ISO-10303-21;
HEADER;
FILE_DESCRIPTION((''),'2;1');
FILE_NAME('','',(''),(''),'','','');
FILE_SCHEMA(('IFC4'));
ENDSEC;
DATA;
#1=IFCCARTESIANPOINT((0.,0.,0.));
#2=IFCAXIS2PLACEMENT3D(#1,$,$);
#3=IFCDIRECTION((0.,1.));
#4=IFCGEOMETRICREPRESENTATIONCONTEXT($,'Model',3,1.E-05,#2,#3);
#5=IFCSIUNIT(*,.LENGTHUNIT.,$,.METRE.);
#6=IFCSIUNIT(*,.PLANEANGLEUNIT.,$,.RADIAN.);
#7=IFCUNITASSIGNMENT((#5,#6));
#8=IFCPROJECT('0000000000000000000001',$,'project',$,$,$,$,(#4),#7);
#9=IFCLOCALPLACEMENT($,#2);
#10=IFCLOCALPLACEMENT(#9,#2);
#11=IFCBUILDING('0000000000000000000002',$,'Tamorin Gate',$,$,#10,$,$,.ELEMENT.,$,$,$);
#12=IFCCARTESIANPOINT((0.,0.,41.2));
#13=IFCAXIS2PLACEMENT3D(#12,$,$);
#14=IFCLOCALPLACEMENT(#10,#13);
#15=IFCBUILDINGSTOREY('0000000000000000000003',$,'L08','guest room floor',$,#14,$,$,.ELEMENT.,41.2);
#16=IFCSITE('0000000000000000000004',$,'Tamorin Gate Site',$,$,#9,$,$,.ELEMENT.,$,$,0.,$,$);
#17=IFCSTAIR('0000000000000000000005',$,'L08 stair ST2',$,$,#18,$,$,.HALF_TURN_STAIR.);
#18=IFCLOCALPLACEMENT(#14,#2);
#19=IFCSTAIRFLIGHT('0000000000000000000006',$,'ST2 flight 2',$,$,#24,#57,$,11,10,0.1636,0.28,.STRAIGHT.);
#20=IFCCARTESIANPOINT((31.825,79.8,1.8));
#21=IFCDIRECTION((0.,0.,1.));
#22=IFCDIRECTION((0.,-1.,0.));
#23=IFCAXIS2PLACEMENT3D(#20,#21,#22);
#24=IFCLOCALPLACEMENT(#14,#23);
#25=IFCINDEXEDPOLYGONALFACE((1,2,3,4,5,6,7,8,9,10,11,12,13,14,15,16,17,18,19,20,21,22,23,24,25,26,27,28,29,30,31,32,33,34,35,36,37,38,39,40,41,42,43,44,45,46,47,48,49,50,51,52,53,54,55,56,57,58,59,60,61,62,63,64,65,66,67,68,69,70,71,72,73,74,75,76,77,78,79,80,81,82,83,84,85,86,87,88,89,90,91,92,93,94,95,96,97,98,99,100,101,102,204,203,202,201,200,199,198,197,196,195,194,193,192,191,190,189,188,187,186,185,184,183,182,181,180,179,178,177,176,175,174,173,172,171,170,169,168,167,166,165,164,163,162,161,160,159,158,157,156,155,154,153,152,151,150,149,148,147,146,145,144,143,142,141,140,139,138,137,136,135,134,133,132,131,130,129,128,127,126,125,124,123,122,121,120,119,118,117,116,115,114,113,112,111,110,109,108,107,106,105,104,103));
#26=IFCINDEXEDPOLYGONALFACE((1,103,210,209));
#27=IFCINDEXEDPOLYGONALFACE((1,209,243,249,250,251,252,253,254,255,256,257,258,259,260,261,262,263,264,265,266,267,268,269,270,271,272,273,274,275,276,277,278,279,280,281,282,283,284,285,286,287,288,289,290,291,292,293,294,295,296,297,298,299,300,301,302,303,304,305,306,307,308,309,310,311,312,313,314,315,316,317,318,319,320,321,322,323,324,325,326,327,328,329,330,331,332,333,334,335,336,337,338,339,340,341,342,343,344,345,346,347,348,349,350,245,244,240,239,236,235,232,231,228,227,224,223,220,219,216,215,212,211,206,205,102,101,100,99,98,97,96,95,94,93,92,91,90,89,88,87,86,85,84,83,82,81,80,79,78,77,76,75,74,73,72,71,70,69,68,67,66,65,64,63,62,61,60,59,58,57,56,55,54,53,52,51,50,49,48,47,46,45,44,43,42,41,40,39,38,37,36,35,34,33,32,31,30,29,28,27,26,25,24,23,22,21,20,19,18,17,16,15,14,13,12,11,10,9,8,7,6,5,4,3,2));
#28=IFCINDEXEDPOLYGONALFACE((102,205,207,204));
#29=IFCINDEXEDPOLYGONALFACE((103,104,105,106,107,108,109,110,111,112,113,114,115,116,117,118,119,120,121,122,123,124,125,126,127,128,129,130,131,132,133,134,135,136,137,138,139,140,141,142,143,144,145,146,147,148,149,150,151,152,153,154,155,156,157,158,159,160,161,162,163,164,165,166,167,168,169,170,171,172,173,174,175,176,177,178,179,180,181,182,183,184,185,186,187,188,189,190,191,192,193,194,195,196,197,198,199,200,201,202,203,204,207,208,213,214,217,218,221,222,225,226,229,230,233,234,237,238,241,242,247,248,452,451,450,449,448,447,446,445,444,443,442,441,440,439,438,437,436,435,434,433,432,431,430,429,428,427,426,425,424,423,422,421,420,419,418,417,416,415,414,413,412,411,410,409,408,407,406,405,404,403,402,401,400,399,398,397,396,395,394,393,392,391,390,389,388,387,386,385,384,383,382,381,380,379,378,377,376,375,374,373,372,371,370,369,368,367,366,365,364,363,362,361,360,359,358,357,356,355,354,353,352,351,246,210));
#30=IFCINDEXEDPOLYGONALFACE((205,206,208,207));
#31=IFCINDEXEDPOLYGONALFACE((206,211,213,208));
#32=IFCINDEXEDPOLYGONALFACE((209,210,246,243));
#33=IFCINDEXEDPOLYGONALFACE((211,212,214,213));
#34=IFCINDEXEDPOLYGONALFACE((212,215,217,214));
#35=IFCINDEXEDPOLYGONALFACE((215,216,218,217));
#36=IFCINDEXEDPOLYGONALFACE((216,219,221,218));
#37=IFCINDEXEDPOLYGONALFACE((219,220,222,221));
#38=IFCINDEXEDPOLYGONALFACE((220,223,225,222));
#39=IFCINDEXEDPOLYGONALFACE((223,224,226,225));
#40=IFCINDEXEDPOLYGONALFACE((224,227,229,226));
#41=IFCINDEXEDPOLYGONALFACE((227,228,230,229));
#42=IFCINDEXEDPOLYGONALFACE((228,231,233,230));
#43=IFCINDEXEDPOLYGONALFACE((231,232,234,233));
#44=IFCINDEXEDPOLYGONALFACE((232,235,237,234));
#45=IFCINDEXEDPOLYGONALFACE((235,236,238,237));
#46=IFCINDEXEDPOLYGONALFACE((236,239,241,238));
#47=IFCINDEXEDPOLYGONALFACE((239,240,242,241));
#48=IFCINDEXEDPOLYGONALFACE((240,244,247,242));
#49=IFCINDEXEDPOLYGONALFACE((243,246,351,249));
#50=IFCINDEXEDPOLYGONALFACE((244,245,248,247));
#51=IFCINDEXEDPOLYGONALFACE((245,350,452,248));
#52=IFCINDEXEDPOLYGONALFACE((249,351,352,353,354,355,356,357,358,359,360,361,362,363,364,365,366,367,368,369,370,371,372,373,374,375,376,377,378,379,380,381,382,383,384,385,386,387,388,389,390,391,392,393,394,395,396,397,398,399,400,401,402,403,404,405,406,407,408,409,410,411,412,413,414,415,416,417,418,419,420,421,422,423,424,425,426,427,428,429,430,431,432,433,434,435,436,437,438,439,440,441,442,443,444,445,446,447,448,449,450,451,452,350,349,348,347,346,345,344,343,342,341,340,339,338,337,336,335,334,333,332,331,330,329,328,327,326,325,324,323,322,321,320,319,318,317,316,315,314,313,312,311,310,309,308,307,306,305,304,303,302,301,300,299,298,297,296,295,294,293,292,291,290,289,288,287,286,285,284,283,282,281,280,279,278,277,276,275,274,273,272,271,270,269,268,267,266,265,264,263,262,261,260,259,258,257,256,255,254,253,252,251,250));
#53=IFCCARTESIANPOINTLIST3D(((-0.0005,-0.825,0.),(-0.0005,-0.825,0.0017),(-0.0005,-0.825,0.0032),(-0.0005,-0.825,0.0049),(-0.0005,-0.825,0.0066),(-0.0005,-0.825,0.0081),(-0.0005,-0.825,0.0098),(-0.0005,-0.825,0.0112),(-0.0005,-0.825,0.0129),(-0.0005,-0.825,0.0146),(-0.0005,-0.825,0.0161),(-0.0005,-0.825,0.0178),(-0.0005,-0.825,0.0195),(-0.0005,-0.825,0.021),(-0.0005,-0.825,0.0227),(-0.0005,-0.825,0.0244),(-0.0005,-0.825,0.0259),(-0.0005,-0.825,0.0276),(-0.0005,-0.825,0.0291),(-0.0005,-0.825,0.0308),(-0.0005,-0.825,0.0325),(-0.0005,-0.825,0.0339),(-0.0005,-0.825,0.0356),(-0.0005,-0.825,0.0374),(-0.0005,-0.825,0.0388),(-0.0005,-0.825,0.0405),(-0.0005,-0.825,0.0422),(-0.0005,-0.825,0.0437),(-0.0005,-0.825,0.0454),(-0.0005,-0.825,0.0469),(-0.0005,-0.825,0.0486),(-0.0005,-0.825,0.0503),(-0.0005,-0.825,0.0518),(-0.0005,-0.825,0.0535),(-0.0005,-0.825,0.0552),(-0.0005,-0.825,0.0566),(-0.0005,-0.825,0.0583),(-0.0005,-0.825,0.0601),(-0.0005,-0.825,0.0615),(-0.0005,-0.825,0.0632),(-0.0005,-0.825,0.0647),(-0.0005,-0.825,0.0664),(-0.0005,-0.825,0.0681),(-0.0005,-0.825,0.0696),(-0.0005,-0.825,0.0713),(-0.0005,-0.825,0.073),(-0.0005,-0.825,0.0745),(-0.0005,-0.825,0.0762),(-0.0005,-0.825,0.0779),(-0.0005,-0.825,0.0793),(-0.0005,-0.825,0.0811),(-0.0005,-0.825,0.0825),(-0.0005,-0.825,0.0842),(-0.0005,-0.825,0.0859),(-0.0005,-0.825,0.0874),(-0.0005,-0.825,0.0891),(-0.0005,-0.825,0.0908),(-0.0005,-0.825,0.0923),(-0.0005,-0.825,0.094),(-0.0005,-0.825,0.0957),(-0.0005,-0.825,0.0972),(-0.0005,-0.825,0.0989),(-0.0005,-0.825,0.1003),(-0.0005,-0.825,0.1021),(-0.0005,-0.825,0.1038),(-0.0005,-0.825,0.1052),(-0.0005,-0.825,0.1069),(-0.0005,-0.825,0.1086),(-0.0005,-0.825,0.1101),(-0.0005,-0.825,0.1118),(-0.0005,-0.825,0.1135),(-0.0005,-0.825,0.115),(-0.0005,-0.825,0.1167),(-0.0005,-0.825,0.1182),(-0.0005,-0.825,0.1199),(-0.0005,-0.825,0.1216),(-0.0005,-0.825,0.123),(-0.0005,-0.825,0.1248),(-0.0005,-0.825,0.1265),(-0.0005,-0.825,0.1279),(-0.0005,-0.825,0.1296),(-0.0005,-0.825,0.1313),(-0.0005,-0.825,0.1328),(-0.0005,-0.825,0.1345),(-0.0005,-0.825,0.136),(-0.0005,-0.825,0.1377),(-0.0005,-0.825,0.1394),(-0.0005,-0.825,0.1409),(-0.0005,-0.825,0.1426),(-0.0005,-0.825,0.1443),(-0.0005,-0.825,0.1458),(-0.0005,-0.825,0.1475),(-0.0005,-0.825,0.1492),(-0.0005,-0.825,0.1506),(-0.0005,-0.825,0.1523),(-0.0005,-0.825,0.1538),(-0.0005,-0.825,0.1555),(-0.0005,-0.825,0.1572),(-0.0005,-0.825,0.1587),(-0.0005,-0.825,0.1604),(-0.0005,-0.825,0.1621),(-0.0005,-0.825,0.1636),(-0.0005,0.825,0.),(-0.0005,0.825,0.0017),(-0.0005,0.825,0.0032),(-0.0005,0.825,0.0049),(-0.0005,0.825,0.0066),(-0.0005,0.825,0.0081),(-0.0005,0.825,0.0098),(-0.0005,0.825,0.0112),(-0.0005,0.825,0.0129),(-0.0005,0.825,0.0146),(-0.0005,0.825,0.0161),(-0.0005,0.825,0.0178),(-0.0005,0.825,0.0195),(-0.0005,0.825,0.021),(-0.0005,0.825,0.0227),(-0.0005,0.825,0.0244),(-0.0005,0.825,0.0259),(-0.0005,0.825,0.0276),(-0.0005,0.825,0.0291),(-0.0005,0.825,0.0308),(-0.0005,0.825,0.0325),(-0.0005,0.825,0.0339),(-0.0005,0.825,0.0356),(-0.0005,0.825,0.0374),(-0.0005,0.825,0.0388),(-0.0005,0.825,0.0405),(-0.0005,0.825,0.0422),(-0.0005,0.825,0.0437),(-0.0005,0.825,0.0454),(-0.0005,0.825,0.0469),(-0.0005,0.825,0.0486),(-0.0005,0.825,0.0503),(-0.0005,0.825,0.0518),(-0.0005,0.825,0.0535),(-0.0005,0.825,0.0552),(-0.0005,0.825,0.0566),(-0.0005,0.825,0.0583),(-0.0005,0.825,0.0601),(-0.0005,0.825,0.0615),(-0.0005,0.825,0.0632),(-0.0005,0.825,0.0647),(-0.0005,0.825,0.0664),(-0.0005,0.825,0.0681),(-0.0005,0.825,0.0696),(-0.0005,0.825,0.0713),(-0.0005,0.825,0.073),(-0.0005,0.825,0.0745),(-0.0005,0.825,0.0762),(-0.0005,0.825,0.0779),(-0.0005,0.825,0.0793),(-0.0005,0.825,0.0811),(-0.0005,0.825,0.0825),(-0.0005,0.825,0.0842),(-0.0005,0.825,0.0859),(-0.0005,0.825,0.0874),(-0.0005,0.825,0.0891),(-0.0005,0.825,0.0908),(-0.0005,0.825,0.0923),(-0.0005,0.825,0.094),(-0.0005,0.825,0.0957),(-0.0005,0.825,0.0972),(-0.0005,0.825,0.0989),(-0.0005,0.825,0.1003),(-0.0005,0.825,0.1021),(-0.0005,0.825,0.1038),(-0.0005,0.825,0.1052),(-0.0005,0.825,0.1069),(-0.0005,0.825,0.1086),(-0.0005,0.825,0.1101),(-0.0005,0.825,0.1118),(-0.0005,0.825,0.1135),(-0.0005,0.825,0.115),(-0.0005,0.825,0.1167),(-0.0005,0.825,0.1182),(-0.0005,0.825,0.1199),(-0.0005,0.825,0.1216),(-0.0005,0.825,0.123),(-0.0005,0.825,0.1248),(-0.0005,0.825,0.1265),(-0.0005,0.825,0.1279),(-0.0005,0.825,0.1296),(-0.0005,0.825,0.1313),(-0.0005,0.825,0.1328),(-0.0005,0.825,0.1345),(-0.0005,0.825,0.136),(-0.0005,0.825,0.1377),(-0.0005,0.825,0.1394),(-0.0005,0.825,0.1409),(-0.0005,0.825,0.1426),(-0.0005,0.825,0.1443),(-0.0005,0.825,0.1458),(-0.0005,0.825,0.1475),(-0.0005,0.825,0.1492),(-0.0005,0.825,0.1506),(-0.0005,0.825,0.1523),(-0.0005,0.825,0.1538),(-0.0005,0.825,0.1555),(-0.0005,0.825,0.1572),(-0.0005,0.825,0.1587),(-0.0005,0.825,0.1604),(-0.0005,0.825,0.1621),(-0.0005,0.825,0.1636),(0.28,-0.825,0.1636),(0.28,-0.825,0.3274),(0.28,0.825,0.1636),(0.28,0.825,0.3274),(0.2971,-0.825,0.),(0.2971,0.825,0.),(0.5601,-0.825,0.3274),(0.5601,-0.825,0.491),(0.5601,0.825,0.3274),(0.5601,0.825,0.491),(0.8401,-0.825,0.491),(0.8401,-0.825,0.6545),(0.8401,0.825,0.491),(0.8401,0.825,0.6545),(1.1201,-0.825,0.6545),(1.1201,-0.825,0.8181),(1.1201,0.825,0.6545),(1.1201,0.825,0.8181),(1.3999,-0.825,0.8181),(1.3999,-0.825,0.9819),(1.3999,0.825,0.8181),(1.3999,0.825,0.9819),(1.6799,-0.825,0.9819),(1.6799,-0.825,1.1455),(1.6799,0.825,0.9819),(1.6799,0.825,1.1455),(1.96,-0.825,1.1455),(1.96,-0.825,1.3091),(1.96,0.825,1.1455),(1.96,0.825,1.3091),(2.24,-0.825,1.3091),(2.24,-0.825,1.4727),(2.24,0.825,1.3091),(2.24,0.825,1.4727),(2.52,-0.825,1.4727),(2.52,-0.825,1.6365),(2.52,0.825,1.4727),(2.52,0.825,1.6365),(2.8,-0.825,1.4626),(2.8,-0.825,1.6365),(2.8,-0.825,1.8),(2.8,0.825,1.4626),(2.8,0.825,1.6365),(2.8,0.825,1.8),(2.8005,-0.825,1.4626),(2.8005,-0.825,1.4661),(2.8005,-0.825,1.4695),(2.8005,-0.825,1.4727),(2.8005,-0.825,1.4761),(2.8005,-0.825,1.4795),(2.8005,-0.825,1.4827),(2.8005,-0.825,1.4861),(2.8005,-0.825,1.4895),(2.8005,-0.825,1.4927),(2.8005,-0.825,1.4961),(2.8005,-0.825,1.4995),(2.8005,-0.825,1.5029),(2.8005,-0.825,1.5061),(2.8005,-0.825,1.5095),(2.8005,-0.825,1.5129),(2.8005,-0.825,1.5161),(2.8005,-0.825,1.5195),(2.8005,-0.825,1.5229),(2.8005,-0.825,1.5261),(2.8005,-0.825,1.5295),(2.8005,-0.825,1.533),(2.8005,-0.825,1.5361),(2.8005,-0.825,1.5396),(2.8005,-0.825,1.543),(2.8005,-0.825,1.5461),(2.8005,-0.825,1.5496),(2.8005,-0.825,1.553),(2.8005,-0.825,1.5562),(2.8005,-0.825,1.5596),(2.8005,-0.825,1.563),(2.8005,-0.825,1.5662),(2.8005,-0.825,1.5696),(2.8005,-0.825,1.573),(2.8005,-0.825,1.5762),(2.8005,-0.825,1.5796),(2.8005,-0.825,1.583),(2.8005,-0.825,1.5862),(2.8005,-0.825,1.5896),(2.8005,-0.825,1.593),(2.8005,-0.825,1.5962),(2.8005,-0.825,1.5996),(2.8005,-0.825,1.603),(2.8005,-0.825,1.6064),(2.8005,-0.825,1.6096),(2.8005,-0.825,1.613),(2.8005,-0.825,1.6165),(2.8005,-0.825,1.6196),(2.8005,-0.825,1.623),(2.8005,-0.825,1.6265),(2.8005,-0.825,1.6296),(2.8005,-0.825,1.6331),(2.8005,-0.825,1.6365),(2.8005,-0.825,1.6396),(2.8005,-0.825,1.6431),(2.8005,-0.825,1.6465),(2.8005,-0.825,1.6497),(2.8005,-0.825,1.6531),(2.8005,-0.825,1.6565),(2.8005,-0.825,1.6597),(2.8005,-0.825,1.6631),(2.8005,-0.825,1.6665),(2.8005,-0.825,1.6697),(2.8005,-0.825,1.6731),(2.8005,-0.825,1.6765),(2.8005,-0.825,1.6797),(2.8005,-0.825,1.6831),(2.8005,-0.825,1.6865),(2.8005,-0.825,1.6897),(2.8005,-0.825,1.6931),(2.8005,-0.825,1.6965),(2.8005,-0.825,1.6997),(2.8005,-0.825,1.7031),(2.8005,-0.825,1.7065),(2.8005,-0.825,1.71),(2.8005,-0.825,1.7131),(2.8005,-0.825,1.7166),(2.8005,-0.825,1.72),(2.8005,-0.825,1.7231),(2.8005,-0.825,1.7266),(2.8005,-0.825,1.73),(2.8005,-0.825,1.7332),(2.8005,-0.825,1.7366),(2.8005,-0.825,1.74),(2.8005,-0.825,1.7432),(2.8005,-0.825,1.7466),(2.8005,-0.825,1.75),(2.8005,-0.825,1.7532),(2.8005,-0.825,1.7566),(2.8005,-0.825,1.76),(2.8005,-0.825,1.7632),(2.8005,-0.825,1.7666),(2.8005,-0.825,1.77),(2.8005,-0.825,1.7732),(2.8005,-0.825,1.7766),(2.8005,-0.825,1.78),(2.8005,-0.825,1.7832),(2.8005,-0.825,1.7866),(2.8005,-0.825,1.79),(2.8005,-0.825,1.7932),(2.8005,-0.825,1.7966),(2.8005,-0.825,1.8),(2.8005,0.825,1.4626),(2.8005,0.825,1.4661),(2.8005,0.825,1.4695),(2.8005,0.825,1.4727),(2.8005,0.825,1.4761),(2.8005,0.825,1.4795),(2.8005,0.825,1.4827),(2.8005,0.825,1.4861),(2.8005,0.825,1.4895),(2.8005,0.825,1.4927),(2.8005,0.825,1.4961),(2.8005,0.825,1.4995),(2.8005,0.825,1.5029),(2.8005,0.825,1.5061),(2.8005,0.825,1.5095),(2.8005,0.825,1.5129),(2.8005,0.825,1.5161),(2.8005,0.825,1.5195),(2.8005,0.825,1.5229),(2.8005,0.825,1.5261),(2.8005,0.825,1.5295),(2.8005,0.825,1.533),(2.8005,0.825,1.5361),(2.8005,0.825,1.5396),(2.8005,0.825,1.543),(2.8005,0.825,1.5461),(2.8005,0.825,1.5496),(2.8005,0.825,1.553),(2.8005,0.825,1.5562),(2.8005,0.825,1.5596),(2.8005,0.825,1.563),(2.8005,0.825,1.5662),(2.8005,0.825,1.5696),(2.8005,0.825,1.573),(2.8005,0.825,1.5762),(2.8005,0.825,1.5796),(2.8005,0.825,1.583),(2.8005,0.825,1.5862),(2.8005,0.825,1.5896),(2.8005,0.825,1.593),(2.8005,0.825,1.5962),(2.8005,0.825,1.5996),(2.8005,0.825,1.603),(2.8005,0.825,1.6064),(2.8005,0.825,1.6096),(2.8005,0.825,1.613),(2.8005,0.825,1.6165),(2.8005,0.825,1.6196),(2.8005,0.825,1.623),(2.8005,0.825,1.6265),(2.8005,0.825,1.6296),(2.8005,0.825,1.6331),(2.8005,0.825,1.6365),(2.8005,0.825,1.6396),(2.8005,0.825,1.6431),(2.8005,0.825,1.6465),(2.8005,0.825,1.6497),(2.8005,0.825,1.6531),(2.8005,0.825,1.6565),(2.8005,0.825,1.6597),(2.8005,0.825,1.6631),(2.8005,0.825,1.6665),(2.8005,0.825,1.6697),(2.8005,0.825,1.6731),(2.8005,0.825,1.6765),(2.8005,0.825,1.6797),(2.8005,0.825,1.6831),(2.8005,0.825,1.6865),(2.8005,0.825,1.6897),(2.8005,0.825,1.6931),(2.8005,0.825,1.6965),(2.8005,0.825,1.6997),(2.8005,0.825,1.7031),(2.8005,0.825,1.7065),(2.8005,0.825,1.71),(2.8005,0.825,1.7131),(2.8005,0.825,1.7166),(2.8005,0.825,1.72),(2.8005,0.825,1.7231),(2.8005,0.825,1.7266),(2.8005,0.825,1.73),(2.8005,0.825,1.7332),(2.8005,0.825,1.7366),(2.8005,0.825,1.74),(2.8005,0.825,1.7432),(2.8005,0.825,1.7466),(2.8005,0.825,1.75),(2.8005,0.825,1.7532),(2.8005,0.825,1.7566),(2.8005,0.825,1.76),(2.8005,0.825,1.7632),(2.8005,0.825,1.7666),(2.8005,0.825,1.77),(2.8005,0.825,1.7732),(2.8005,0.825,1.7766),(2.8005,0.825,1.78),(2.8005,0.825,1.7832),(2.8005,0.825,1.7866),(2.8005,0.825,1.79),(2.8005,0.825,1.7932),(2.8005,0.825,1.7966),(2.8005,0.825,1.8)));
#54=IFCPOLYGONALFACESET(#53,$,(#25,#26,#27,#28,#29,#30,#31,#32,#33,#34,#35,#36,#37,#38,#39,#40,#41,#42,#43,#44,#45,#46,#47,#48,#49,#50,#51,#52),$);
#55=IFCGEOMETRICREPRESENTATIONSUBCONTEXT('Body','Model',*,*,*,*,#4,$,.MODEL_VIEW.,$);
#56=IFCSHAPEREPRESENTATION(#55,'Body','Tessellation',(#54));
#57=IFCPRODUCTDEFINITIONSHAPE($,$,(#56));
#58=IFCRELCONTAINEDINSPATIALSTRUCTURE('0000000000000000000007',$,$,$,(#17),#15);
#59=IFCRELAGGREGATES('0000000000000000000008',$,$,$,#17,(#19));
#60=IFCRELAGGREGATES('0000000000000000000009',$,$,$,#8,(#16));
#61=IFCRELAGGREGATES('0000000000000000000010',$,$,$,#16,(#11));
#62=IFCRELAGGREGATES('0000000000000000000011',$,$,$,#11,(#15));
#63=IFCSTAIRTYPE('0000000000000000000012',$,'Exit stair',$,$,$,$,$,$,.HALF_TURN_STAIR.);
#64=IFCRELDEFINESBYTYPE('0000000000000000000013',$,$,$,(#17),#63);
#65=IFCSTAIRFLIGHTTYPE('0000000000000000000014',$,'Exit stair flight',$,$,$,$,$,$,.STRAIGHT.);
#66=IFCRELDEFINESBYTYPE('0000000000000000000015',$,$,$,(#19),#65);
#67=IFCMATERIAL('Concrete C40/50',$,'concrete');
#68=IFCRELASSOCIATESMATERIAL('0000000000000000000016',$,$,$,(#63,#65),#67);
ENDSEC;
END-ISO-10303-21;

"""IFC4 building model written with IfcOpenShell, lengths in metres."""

from ifc_helpers import new_model, si_unit, direction, frame, origin, place, context, subcontext, project, spatial, polyline, outline, extrude, material, type_object, element, aggregate, save


model = new_model("IFC4")

# Units and contexts
model_context = context("Model", 3, precision=1e-05, world=origin(), true_north=direction((0.0, 1.0)))
body_context = subcontext(model_context, "Body", "Model", "MODEL_VIEW")
ifc_project = project(units=[si_unit("LENGTHUNIT", "METRE"), si_unit("PLANEANGLEUNIT", "RADIAN")], contexts=[model_context])

# Site, building, storey
site_placement = place(None, origin())
site = spatial("IfcSite", under=ifc_project, at=site_placement, Name="Tamorin Gate Site", CompositionType="ELEMENT", RefElevation=0.0)
building_placement = place(site_placement, origin())
building = spatial("IfcBuilding", under=site, at=building_placement, Name="Tamorin Gate", CompositionType="ELEMENT")
storey_placement = place(building_placement, frame((0.0, 0.0, 41.2)))
storey = spatial("IfcBuildingStorey", under=building, at=storey_placement, Name="L08", Description="guest room floor", CompositionType="ELEMENT", Elevation=41.2)

# Shared definitions
ifc_material_1 = material(Name="Concrete C40/50", Category="concrete")

# Stair, stair flight
stair_type = type_object("IfcStairType", Name="Exit stair", PredefinedType="HALF_TURN_STAIR", material=ifc_material_1)
stair_placement = place(storey_placement, origin())
stair = element("IfcStair", 1, at=stair_placement, inside=storey, type_object=stair_type, Name="L08 stair ST2", PredefinedType="HALF_TURN_STAIR")
stair_flight_type = type_object("IfcStairFlightType", Name="Exit stair flight", PredefinedType="STRAIGHT", material=ifc_material_1)
stair_flight_1_placement = place(storey_placement, frame((31.825, 79.8, 1.8), z_axis=(0.0, 0.0, 1.0), x_axis=(0.0, -1.0, 0.0)))
stair_flight_1 = element("IfcStairFlight", 2, at=stair_flight_1_placement, type_object=stair_flight_type, Name="ST2 flight 2", NumberOfRisers=11, NumberOfTreads=10, PredefinedType="STRAIGHT", RiserHeight=0.1636, TreadLength=0.28, context=body_context, shape_type="SweptSolid", body=[
    extrude(outline(polyline([(-0.0005, 0.0), (-0.0005, 0.0017), (-0.0005, 0.0032), (-0.0005, 0.0049), (-0.0005, 0.0066), (-0.0005, 0.0081), (-0.0005, 0.0098), (-0.0005, 0.0112), (-0.0005, 0.0129), (-0.0005, 0.0146), (-0.0005, 0.0161), (-0.0005, 0.0178), (-0.0005, 0.0195), (-0.0005, 0.021), (-0.0005, 0.0227), (-0.0005, 0.0244), (-0.0005, 0.0259), (-0.0005, 0.0276), (-0.0005, 0.0291), (-0.0005, 0.0308), (-0.0005, 0.0325), (-0.0005, 0.0339), (-0.0005, 0.0356), (-0.0005, 0.0374), (-0.0005, 0.0388), (-0.0005, 0.0405), (-0.0005, 0.0422), (-0.0005, 0.0437), (-0.0005, 0.0454), (-0.0005, 0.0469), (-0.0005, 0.0486), (-0.0005, 0.0503), (-0.0005, 0.0518), (-0.0005, 0.0535), (-0.0005, 0.0552), (-0.0005, 0.0566), (-0.0005, 0.0583), (-0.0005, 0.0601), (-0.0005, 0.0615), (-0.0005, 0.0632), (-0.0005, 0.0647), (-0.0005, 0.0664), (-0.0005, 0.0681), (-0.0005, 0.0696), (-0.0005, 0.0713), (-0.0005, 0.073), (-0.0005, 0.0745), (-0.0005, 0.0762), (-0.0005, 0.0779), (-0.0005, 0.0793), (-0.0005, 0.0811), (-0.0005, 0.0825), (-0.0005, 0.0842), (-0.0005, 0.0859), (-0.0005, 0.0874), (-0.0005, 0.0891), (-0.0005, 0.0908), (-0.0005, 0.0923), (-0.0005, 0.094), (-0.0005, 0.0957), (-0.0005, 0.0972), (-0.0005, 0.0989), (-0.0005, 0.1003), (-0.0005, 0.1021), (-0.0005, 0.1038), (-0.0005, 0.1052), (-0.0005, 0.1069), (-0.0005, 0.1086), (-0.0005, 0.1101), (-0.0005, 0.1118), (-0.0005, 0.1135), (-0.0005, 0.115), (-0.0005, 0.1167), (-0.0005, 0.1182), (-0.0005, 0.1199), (-0.0005, 0.1216), (-0.0005, 0.123), (-0.0005, 0.1248), (-0.0005, 0.1265), (-0.0005, 0.1279), (-0.0005, 0.1296), (-0.0005, 0.1313), (-0.0005, 0.1328), (-0.0005, 0.1345), (-0.0005, 0.136), (-0.0005, 0.1377), (-0.0005, 0.1394), (-0.0005, 0.1409), (-0.0005, 0.1426), (-0.0005, 0.1443), (-0.0005, 0.1458), (-0.0005, 0.1475), (-0.0005, 0.1492), (-0.0005, 0.1506), (-0.0005, 0.1523), (-0.0005, 0.1538), (-0.0005, 0.1555), (-0.0005, 0.1572), (-0.0005, 0.1587), (-0.0005, 0.1604), (-0.0005, 0.1621), (-0.0005, 0.1636), (0.28, 0.1636), (0.28, 0.3274), (0.5601, 0.3274), (0.5601, 0.491), (0.8401, 0.491), (0.8401, 0.6545), (1.1201, 0.6545), (1.1201, 0.8181), (1.3999, 0.8181), (1.3999, 0.9819), (1.6799, 0.9819), (1.6799, 1.1455), (1.96, 1.1455), (1.96, 1.3091), (2.24, 1.3091), (2.24, 1.4727), (2.52, 1.4727), (2.52, 1.6365), (2.8, 1.6365), (2.8, 1.8), (2.8005, 1.8), (2.8005, 1.7966), (2.8005, 1.7932), (2.8005, 1.79), (2.8005, 1.7866), (2.8005, 1.7832), (2.8005, 1.78), (2.8005, 1.7766), (2.8005, 1.7732), (2.8005, 1.77), (2.8005, 1.7666), (2.8005, 1.7632), (2.8005, 1.76), (2.8005, 1.7566), (2.8005, 1.7532), (2.8005, 1.75), (2.8005, 1.7466), (2.8005, 1.7432), (2.8005, 1.74), (2.8005, 1.7366), (2.8005, 1.7332), (2.8005, 1.73), (2.8005, 1.7266), (2.8005, 1.7231), (2.8005, 1.72), (2.8005, 1.7166), (2.8005, 1.7131), (2.8005, 1.71), (2.8005, 1.7065), (2.8005, 1.7031), (2.8005, 1.6997), (2.8005, 1.6965), (2.8005, 1.6931), (2.8005, 1.6897), (2.8005, 1.6865), (2.8005, 1.6831), (2.8005, 1.6797), (2.8005, 1.6765), (2.8005, 1.6731), (2.8005, 1.6697), (2.8005, 1.6665), (2.8005, 1.6631), (2.8005, 1.6597), (2.8005, 1.6565), (2.8005, 1.6531), (2.8005, 1.6497), (2.8005, 1.6465), (2.8005, 1.6431), (2.8005, 1.6396), (2.8005, 1.6365), (2.8005, 1.6331), (2.8005, 1.6296), (2.8005, 1.6265), (2.8005, 1.623), (2.8005, 1.6196), (2.8005, 1.6165), (2.8005, 1.613), (2.8005, 1.6096), (2.8005, 1.6064), (2.8005, 1.603), (2.8005, 1.5996), (2.8005, 1.5962), (2.8005, 1.593), (2.8005, 1.5896), (2.8005, 1.5862), (2.8005, 1.583), (2.8005, 1.5796), (2.8005, 1.5762), (2.8005, 1.573), (2.8005, 1.5696), (2.8005, 1.5662), (2.8005, 1.563), (2.8005, 1.5596), (2.8005, 1.5562), (2.8005, 1.553), (2.8005, 1.5496), (2.8005, 1.5461), (2.8005, 1.543), (2.8005, 1.5396), (2.8005, 1.5361), (2.8005, 1.533), (2.8005, 1.5295), (2.8005, 1.5261), (2.8005, 1.5229), (2.8005, 1.5195), (2.8005, 1.5161), (2.8005, 1.5129), (2.8005, 1.5095), (2.8005, 1.5061), (2.8005, 1.5029), (2.8005, 1.4995), (2.8005, 1.4961), (2.8005, 1.4927), (2.8005, 1.4895), (2.8005, 1.4861), (2.8005, 1.4827), (2.8005, 1.4795), (2.8005, 1.4761), (2.8005, 1.4727), (2.8005, 1.4695), (2.8005, 1.4661), (2.8005, 1.4626), (2.8, 1.4626), (0.2971, 0.0), (-0.0005, 0.0)])), frame((0.0, 0.825, 0.0), z_axis=(0.0, -1.0, 0.0), x_axis=(1.0, 0.0, 0.0)), (0.0, 0.0, 1.0), 1.6499),
])
aggregate(stair, [stair_flight_1])

save(model, "model.ifc")
